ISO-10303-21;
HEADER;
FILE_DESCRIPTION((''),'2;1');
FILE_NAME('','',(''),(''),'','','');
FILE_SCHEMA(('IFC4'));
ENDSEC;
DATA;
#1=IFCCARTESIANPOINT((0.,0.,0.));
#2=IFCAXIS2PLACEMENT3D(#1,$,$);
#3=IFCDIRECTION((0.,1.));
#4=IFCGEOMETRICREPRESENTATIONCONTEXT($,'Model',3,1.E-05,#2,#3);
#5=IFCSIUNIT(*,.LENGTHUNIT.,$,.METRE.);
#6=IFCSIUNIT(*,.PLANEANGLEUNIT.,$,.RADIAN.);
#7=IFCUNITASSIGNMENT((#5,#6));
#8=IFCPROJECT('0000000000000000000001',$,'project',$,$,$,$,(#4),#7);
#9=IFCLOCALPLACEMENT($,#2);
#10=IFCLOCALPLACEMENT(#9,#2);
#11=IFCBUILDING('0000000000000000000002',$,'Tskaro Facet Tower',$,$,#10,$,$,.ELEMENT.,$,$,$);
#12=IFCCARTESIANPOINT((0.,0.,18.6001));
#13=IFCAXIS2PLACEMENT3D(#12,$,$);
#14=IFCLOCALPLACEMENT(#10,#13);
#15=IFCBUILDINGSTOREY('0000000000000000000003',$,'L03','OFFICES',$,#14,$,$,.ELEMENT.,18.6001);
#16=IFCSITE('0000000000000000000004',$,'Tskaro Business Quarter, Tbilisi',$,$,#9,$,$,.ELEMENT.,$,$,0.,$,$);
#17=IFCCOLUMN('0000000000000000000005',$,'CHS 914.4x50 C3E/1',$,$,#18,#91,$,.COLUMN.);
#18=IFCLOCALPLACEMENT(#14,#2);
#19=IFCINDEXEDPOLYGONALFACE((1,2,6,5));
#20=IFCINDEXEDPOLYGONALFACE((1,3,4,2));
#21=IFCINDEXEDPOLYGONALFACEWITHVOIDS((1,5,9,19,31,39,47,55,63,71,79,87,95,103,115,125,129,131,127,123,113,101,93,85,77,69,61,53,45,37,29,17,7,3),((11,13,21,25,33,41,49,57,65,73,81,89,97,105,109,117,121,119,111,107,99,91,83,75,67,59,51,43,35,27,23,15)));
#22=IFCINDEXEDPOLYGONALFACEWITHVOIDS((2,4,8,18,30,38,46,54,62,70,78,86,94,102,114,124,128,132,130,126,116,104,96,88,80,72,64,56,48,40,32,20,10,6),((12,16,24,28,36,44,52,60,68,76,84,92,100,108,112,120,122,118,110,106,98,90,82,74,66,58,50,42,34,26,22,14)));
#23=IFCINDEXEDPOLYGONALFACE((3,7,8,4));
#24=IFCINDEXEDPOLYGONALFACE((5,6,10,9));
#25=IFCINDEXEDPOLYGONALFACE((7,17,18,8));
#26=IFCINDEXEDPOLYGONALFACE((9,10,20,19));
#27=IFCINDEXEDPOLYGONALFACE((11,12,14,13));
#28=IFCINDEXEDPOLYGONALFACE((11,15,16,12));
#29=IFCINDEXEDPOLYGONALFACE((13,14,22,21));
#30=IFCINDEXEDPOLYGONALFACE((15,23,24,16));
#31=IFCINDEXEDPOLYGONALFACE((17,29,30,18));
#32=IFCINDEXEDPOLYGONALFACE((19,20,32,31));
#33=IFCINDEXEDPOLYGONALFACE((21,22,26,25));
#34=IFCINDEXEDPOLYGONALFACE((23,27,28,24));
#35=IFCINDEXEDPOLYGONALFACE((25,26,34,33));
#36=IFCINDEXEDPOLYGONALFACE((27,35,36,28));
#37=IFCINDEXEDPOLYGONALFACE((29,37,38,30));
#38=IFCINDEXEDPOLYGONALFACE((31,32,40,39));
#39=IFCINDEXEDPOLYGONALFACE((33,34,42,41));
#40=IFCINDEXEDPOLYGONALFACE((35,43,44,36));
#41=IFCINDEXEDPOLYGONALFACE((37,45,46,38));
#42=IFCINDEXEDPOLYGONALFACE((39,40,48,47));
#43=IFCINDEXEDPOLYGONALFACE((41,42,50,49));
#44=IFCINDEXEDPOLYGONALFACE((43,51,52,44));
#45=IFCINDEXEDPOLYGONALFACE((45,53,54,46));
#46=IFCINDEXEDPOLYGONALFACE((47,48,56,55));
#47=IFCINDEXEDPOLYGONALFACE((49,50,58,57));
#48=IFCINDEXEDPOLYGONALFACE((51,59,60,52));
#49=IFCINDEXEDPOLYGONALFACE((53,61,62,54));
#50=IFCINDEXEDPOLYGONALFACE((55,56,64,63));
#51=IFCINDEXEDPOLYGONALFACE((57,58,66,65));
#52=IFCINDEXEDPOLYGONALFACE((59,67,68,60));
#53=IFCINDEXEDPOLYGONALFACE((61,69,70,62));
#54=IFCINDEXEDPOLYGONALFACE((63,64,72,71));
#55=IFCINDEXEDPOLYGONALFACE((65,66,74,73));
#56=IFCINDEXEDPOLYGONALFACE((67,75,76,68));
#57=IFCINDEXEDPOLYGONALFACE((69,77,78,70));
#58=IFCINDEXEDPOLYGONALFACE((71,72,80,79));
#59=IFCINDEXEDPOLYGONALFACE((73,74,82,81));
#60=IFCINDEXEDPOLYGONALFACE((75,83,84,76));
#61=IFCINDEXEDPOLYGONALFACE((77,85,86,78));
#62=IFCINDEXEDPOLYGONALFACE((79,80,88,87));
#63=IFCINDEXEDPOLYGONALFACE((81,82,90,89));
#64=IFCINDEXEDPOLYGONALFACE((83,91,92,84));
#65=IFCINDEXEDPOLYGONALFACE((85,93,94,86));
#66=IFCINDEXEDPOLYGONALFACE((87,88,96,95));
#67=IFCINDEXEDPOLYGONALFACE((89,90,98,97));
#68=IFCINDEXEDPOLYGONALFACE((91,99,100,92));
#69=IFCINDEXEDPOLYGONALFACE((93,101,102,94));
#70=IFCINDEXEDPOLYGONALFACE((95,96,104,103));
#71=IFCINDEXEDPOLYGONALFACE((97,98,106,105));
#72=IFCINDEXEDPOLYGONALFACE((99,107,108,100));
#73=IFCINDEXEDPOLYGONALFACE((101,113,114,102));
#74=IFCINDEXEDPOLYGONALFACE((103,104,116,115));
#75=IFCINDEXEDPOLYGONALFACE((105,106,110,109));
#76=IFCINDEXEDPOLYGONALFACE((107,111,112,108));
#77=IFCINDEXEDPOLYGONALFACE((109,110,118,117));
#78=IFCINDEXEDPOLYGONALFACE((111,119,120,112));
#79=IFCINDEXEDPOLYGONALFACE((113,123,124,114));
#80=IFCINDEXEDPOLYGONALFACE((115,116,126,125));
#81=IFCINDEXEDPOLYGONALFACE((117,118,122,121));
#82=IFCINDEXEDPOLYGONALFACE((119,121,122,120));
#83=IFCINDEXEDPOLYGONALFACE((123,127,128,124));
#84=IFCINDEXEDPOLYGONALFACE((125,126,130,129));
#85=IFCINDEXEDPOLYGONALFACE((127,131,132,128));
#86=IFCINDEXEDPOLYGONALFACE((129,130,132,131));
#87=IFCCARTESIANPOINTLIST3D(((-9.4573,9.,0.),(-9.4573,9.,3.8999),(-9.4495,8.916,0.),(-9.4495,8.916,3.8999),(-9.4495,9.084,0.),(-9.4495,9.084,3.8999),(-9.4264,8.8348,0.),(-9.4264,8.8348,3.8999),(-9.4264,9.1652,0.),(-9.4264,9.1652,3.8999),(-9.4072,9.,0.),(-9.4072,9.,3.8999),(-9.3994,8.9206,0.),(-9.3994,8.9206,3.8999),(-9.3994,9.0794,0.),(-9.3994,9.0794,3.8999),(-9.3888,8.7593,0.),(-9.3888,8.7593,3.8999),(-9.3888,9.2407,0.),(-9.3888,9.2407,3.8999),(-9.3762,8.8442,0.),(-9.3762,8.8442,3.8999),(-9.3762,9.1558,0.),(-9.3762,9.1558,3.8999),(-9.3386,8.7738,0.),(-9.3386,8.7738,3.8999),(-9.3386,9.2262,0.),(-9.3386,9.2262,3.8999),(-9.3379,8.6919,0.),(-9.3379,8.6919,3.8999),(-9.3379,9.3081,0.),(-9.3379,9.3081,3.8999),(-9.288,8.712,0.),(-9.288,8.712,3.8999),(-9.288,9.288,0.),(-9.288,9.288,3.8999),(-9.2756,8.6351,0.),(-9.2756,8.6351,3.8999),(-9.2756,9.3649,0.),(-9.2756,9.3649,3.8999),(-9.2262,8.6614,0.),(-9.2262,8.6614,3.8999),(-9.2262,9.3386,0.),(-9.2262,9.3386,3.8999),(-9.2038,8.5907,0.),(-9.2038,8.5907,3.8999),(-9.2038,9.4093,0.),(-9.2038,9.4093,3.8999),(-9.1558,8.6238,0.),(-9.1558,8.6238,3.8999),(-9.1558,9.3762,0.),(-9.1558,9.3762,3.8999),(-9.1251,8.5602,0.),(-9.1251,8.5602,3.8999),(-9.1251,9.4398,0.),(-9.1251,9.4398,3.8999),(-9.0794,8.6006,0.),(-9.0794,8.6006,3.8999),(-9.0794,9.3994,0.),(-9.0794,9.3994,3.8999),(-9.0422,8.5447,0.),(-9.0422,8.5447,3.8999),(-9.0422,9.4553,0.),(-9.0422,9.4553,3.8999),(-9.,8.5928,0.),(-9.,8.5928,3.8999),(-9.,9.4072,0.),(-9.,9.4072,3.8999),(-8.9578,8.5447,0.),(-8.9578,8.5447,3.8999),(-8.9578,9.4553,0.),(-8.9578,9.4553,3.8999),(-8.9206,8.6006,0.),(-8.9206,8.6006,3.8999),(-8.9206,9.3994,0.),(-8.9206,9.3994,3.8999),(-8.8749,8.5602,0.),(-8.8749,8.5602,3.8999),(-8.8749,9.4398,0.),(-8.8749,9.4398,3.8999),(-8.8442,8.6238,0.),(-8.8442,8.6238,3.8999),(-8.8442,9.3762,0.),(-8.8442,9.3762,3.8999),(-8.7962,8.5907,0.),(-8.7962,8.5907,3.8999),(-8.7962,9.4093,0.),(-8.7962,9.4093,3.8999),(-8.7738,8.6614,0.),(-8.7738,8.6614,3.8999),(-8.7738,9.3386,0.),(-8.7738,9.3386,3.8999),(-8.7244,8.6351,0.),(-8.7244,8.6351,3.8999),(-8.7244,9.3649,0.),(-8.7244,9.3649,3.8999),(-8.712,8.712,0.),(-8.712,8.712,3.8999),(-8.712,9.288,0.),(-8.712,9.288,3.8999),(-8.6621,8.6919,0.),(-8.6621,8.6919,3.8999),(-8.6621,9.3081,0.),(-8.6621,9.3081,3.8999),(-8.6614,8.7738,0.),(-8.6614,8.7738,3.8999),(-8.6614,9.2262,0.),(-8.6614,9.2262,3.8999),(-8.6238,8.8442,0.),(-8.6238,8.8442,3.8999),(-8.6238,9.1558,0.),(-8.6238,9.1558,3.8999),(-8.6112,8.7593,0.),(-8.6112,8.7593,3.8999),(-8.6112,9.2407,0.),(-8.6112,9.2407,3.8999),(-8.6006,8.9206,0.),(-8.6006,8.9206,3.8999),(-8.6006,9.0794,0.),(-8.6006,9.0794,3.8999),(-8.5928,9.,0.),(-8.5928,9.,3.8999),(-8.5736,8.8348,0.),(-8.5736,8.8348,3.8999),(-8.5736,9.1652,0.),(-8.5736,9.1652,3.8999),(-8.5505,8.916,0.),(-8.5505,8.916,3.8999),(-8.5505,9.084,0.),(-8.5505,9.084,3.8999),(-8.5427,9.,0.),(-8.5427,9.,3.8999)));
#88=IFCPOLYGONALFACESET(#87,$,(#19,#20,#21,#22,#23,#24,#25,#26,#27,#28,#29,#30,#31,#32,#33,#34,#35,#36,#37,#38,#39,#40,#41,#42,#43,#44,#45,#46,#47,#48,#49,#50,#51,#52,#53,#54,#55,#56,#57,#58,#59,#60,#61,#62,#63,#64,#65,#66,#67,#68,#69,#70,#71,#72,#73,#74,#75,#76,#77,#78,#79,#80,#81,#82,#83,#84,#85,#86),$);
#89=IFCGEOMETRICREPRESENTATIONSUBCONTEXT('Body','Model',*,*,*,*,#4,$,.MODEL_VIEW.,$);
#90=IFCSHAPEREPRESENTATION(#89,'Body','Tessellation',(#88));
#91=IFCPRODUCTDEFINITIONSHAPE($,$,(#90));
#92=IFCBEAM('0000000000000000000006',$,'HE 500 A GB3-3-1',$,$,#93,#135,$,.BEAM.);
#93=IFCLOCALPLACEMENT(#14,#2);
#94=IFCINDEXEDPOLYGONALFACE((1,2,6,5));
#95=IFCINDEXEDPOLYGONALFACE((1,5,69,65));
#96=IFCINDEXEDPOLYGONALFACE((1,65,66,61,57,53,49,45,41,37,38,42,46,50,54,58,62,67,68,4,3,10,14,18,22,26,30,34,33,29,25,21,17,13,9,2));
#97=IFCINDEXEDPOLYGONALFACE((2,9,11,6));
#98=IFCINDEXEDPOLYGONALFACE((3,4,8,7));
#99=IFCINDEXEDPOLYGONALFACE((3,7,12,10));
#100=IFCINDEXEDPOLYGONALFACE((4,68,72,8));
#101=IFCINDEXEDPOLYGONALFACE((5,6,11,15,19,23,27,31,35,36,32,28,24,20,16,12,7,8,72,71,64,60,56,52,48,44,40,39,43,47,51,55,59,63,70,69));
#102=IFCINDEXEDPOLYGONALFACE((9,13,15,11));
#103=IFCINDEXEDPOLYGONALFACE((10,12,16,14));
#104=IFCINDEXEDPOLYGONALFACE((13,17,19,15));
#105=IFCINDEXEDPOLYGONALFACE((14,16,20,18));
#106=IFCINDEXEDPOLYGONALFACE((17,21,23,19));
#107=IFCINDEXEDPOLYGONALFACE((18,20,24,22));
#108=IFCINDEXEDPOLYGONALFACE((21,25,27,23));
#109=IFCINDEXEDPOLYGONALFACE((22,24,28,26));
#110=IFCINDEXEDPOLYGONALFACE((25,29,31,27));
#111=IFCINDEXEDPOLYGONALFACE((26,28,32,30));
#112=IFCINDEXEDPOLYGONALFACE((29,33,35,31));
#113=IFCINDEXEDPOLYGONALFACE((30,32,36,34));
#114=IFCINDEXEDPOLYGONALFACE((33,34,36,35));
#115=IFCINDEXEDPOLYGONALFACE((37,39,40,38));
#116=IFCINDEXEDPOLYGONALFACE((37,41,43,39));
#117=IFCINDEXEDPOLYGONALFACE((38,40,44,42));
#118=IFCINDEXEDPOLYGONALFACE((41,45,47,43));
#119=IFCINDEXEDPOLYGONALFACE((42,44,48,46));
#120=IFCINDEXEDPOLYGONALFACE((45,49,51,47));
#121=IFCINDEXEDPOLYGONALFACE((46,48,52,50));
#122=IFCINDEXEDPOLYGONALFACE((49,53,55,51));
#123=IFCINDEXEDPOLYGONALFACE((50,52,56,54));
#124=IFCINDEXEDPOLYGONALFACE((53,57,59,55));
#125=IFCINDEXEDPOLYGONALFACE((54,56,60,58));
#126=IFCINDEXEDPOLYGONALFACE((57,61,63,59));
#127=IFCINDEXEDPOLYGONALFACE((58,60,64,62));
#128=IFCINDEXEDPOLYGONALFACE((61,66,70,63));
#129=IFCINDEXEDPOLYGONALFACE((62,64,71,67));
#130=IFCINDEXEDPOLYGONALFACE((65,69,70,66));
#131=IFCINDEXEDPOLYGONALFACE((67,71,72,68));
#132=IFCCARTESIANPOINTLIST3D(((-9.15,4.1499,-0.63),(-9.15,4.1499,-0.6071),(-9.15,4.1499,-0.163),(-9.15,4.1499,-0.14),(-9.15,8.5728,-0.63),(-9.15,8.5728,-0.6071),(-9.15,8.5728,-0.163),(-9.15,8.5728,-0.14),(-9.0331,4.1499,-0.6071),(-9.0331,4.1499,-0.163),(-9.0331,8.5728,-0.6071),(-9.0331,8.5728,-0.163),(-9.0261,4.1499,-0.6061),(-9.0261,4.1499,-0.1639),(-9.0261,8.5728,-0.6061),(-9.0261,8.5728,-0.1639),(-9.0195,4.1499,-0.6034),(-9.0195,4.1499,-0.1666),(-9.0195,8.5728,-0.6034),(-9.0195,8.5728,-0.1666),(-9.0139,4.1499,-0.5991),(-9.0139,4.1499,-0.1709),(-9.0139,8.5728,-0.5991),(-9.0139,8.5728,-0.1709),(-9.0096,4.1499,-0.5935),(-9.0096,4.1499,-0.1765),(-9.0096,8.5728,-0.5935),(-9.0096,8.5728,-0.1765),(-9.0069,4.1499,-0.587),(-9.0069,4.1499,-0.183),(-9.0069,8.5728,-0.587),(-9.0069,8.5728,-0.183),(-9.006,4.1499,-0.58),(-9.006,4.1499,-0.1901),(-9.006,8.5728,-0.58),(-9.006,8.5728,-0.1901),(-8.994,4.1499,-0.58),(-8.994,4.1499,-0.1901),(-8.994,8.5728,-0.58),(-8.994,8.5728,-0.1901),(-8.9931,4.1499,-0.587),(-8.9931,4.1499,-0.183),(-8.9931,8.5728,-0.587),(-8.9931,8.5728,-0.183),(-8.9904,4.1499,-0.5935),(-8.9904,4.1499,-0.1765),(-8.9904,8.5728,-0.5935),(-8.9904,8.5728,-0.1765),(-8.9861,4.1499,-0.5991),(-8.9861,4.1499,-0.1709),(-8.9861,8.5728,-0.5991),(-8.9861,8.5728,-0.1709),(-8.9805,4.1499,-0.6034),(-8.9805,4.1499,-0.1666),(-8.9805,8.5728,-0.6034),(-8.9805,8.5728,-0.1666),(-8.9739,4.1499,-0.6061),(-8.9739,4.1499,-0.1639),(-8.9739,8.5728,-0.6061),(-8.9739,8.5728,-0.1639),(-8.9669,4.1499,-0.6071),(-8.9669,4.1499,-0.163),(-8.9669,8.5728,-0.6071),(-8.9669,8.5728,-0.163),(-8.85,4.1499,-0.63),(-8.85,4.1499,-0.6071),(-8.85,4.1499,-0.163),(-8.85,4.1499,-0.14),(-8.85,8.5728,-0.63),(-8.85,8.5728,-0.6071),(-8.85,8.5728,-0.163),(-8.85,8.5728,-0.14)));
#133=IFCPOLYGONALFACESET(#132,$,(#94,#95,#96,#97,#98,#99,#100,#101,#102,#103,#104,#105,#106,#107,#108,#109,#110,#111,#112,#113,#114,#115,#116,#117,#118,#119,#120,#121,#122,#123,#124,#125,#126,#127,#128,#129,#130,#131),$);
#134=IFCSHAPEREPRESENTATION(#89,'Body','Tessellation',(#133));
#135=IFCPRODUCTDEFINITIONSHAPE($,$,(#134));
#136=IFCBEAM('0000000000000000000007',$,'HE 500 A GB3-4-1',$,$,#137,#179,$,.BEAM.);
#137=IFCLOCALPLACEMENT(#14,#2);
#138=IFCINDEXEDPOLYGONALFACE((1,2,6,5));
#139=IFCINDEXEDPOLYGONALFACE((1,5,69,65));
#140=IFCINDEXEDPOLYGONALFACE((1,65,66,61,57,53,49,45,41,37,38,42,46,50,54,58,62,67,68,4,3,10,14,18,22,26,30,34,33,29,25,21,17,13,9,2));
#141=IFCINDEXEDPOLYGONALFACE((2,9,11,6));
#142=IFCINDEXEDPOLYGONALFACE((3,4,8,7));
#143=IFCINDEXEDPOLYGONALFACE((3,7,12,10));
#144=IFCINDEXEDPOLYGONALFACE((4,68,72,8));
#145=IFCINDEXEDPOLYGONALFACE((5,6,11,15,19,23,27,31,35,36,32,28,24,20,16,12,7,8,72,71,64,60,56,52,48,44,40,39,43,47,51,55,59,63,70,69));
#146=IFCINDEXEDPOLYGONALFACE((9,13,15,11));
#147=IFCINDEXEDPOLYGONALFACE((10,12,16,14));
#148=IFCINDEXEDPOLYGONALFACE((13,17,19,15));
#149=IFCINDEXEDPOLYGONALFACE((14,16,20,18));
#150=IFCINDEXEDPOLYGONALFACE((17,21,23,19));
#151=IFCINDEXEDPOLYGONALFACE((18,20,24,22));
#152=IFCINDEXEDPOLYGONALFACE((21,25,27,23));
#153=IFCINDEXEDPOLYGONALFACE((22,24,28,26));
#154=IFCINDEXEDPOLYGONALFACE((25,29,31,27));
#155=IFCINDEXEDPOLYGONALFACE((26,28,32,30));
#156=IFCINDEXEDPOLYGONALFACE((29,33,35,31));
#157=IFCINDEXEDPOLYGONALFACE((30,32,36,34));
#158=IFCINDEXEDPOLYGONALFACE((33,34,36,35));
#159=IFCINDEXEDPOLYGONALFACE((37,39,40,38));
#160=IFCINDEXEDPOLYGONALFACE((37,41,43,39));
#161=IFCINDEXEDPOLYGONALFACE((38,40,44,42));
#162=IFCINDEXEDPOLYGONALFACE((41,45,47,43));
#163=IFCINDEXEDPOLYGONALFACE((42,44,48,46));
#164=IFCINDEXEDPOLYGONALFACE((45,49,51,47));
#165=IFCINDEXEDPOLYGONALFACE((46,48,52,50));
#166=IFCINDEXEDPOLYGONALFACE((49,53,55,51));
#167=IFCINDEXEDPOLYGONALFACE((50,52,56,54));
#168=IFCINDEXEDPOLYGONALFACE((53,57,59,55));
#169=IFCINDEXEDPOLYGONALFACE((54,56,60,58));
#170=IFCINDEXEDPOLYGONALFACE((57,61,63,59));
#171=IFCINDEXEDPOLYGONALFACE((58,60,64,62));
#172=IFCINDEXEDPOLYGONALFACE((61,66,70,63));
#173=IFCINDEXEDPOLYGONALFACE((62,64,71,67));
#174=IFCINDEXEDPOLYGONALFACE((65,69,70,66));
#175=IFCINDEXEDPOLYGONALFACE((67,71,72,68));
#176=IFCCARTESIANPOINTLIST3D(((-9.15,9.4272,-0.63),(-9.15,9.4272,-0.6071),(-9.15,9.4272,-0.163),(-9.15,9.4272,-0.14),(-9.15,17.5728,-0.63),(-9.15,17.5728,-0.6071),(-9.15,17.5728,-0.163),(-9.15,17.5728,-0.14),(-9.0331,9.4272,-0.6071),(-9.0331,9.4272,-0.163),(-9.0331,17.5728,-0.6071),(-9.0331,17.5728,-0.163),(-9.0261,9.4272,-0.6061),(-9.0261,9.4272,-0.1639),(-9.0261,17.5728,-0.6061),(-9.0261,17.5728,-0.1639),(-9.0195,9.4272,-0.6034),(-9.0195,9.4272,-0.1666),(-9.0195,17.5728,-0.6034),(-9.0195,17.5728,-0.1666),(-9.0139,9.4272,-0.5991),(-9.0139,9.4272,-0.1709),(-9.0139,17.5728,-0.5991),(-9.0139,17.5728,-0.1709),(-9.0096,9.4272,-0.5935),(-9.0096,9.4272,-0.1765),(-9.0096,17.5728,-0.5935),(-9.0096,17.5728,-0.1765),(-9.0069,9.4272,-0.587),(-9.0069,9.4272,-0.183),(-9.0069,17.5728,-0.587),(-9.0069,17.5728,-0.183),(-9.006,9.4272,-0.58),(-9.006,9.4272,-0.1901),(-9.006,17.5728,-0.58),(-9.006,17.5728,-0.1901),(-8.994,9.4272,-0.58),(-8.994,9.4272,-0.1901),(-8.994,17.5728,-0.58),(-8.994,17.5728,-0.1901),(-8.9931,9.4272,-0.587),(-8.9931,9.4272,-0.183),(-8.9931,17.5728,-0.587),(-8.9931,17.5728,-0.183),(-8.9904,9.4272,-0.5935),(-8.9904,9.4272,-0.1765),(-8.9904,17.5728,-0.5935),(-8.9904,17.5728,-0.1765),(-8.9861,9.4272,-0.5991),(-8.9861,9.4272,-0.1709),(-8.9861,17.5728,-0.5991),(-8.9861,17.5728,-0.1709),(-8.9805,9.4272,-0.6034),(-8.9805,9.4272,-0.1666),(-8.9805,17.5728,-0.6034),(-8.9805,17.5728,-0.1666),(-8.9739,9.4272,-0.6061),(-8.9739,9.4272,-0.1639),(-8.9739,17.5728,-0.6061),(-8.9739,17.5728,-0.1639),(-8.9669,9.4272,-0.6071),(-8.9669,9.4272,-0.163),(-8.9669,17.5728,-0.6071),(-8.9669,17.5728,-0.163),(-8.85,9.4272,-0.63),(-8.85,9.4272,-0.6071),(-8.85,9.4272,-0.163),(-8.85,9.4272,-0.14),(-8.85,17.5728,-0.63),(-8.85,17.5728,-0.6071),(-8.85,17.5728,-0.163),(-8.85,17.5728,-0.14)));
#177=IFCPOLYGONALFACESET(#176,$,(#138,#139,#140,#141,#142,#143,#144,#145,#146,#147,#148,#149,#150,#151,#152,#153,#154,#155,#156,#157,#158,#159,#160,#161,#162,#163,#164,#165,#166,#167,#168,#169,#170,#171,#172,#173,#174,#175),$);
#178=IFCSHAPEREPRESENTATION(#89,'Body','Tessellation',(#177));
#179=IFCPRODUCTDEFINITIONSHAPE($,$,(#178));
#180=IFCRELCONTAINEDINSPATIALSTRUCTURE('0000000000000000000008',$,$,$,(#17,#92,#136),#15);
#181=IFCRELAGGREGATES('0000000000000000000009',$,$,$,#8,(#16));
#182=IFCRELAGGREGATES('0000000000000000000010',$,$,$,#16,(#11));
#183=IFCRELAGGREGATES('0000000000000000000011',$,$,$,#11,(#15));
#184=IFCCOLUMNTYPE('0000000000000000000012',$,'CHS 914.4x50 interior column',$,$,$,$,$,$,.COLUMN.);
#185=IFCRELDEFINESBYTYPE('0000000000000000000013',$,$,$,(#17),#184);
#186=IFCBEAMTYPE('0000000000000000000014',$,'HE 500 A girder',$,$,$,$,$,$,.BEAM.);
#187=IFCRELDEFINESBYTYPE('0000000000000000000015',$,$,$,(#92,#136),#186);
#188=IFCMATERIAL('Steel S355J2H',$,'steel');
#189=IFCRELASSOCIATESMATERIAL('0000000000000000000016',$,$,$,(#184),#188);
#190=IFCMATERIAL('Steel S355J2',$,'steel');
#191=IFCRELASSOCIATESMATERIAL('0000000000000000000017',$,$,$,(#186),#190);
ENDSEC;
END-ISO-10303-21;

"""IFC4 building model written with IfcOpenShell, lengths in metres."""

from ifc_helpers import new_model, si_unit, direction, frame, origin, origin_2d, place, context, subcontext, project, spatial, hollow_circle, i_section, extrude, material, material_profile, profile_set, type_object, element, save


model = new_model("IFC4")

# Units and contexts
model_context = context("Model", 3, precision=1e-05, world=origin(), true_north=direction((0.0, 1.0)))
body_context = subcontext(model_context, "Body", "Model", "MODEL_VIEW")
ifc_project = project(units=[si_unit("LENGTHUNIT", "METRE"), si_unit("PLANEANGLEUNIT", "RADIAN")], contexts=[model_context])

# Site, building, storey
site_placement = place(None, origin())
site = spatial("IfcSite", under=ifc_project, at=site_placement, Name="Tskaro Business Quarter, Tbilisi", CompositionType="ELEMENT", RefElevation=0.0)
building_placement = place(site_placement, origin())
building = spatial("IfcBuilding", under=site, at=building_placement, Name="Tskaro Facet Tower", CompositionType="ELEMENT")
storey_placement = place(building_placement, frame((0.0, 0.0, 18.6001)))
storey = spatial("IfcBuildingStorey", under=building, at=storey_placement, Name="L03", Description="OFFICES", CompositionType="ELEMENT", Elevation=18.6001)

# Column
ifc_material_1 = material(Name="Steel S355J2H", Category="steel")
ifc_material_profile_1 = material_profile(ifc_material_1, hollow_circle(Radius=0.4573, WallThickness=0.05, at=origin_2d()), Name="CHS 914.4x50")
ifc_profile_set_1 = profile_set([ifc_material_profile_1], Name="Steel S355J2H")
column_type = type_object("IfcColumnType", Name="CHS 914.4x50 interior column", PredefinedType="COLUMN", material=ifc_profile_set_1)
column_placement = place(storey_placement, frame((-9.0, 9.0, 0.0), z_axis=(0.0, 0.0, 1.0), x_axis=(1.0, 0.0, 0.0)))
element("IfcColumn", 1, at=column_placement, inside=storey, type_object=column_type, Name="CHS 914.4x50 C3E/1", PredefinedType="COLUMN", context=body_context, shape_type="SweptSolid", body=[
    extrude(hollow_circle(Radius=0.4573, WallThickness=0.05, at=origin_2d()), origin(), (0.0, 0.0, 1.0), 3.8999),
])

# Beams
ifc_material_2 = material(Name="Steel S355J2", Category="steel")
ifc_material_profile_2 = material_profile(ifc_material_2, i_section(OverallWidth=0.3, OverallDepth=0.49, WebThickness=0.012, FlangeThickness=0.0229, FilletRadius=0.0271, at=origin_2d()), Name="HE 500 A")
ifc_profile_set_2 = profile_set([ifc_material_profile_2], Name="Steel S355J2")
beam_type_1 = type_object("IfcBeamType", Name="HE 500 A girder", PredefinedType="BEAM", material=ifc_profile_set_2)
beam_1_placement = place(storey_placement, frame((-9.0, 4.1499, -0.385), z_axis=(0.0, 1.0, 0.0), x_axis=(-1.0, 0.0, 0.0)))
element("IfcBeam", 2, at=beam_1_placement, inside=storey, type_object=beam_type_1, Name="HE 500 A GB3-3-1", PredefinedType="BEAM", context=body_context, shape_type="SweptSolid", body=[
    extrude(i_section(OverallWidth=0.3, OverallDepth=0.49, WebThickness=0.012, FlangeThickness=0.0229, FilletRadius=0.0271, at=origin_2d()), origin(), (0.0, 0.0, 1.0), 4.4229),
])
beam_2_placement = place(storey_placement, frame((-9.0, 9.4272, -0.385), z_axis=(0.0, 1.0, 0.0), x_axis=(-1.0, 0.0, 0.0)))
element("IfcBeam", 3, at=beam_2_placement, inside=storey, type_object=beam_type_1, Name="HE 500 A GB3-4-1", PredefinedType="BEAM", context=body_context, shape_type="SweptSolid", body=[
    extrude(i_section(OverallWidth=0.3, OverallDepth=0.49, WebThickness=0.012, FlangeThickness=0.0229, FilletRadius=0.0271, at=origin_2d()), origin(), (0.0, 0.0, 1.0), 8.1455),
])

save(model, "model.ifc")
